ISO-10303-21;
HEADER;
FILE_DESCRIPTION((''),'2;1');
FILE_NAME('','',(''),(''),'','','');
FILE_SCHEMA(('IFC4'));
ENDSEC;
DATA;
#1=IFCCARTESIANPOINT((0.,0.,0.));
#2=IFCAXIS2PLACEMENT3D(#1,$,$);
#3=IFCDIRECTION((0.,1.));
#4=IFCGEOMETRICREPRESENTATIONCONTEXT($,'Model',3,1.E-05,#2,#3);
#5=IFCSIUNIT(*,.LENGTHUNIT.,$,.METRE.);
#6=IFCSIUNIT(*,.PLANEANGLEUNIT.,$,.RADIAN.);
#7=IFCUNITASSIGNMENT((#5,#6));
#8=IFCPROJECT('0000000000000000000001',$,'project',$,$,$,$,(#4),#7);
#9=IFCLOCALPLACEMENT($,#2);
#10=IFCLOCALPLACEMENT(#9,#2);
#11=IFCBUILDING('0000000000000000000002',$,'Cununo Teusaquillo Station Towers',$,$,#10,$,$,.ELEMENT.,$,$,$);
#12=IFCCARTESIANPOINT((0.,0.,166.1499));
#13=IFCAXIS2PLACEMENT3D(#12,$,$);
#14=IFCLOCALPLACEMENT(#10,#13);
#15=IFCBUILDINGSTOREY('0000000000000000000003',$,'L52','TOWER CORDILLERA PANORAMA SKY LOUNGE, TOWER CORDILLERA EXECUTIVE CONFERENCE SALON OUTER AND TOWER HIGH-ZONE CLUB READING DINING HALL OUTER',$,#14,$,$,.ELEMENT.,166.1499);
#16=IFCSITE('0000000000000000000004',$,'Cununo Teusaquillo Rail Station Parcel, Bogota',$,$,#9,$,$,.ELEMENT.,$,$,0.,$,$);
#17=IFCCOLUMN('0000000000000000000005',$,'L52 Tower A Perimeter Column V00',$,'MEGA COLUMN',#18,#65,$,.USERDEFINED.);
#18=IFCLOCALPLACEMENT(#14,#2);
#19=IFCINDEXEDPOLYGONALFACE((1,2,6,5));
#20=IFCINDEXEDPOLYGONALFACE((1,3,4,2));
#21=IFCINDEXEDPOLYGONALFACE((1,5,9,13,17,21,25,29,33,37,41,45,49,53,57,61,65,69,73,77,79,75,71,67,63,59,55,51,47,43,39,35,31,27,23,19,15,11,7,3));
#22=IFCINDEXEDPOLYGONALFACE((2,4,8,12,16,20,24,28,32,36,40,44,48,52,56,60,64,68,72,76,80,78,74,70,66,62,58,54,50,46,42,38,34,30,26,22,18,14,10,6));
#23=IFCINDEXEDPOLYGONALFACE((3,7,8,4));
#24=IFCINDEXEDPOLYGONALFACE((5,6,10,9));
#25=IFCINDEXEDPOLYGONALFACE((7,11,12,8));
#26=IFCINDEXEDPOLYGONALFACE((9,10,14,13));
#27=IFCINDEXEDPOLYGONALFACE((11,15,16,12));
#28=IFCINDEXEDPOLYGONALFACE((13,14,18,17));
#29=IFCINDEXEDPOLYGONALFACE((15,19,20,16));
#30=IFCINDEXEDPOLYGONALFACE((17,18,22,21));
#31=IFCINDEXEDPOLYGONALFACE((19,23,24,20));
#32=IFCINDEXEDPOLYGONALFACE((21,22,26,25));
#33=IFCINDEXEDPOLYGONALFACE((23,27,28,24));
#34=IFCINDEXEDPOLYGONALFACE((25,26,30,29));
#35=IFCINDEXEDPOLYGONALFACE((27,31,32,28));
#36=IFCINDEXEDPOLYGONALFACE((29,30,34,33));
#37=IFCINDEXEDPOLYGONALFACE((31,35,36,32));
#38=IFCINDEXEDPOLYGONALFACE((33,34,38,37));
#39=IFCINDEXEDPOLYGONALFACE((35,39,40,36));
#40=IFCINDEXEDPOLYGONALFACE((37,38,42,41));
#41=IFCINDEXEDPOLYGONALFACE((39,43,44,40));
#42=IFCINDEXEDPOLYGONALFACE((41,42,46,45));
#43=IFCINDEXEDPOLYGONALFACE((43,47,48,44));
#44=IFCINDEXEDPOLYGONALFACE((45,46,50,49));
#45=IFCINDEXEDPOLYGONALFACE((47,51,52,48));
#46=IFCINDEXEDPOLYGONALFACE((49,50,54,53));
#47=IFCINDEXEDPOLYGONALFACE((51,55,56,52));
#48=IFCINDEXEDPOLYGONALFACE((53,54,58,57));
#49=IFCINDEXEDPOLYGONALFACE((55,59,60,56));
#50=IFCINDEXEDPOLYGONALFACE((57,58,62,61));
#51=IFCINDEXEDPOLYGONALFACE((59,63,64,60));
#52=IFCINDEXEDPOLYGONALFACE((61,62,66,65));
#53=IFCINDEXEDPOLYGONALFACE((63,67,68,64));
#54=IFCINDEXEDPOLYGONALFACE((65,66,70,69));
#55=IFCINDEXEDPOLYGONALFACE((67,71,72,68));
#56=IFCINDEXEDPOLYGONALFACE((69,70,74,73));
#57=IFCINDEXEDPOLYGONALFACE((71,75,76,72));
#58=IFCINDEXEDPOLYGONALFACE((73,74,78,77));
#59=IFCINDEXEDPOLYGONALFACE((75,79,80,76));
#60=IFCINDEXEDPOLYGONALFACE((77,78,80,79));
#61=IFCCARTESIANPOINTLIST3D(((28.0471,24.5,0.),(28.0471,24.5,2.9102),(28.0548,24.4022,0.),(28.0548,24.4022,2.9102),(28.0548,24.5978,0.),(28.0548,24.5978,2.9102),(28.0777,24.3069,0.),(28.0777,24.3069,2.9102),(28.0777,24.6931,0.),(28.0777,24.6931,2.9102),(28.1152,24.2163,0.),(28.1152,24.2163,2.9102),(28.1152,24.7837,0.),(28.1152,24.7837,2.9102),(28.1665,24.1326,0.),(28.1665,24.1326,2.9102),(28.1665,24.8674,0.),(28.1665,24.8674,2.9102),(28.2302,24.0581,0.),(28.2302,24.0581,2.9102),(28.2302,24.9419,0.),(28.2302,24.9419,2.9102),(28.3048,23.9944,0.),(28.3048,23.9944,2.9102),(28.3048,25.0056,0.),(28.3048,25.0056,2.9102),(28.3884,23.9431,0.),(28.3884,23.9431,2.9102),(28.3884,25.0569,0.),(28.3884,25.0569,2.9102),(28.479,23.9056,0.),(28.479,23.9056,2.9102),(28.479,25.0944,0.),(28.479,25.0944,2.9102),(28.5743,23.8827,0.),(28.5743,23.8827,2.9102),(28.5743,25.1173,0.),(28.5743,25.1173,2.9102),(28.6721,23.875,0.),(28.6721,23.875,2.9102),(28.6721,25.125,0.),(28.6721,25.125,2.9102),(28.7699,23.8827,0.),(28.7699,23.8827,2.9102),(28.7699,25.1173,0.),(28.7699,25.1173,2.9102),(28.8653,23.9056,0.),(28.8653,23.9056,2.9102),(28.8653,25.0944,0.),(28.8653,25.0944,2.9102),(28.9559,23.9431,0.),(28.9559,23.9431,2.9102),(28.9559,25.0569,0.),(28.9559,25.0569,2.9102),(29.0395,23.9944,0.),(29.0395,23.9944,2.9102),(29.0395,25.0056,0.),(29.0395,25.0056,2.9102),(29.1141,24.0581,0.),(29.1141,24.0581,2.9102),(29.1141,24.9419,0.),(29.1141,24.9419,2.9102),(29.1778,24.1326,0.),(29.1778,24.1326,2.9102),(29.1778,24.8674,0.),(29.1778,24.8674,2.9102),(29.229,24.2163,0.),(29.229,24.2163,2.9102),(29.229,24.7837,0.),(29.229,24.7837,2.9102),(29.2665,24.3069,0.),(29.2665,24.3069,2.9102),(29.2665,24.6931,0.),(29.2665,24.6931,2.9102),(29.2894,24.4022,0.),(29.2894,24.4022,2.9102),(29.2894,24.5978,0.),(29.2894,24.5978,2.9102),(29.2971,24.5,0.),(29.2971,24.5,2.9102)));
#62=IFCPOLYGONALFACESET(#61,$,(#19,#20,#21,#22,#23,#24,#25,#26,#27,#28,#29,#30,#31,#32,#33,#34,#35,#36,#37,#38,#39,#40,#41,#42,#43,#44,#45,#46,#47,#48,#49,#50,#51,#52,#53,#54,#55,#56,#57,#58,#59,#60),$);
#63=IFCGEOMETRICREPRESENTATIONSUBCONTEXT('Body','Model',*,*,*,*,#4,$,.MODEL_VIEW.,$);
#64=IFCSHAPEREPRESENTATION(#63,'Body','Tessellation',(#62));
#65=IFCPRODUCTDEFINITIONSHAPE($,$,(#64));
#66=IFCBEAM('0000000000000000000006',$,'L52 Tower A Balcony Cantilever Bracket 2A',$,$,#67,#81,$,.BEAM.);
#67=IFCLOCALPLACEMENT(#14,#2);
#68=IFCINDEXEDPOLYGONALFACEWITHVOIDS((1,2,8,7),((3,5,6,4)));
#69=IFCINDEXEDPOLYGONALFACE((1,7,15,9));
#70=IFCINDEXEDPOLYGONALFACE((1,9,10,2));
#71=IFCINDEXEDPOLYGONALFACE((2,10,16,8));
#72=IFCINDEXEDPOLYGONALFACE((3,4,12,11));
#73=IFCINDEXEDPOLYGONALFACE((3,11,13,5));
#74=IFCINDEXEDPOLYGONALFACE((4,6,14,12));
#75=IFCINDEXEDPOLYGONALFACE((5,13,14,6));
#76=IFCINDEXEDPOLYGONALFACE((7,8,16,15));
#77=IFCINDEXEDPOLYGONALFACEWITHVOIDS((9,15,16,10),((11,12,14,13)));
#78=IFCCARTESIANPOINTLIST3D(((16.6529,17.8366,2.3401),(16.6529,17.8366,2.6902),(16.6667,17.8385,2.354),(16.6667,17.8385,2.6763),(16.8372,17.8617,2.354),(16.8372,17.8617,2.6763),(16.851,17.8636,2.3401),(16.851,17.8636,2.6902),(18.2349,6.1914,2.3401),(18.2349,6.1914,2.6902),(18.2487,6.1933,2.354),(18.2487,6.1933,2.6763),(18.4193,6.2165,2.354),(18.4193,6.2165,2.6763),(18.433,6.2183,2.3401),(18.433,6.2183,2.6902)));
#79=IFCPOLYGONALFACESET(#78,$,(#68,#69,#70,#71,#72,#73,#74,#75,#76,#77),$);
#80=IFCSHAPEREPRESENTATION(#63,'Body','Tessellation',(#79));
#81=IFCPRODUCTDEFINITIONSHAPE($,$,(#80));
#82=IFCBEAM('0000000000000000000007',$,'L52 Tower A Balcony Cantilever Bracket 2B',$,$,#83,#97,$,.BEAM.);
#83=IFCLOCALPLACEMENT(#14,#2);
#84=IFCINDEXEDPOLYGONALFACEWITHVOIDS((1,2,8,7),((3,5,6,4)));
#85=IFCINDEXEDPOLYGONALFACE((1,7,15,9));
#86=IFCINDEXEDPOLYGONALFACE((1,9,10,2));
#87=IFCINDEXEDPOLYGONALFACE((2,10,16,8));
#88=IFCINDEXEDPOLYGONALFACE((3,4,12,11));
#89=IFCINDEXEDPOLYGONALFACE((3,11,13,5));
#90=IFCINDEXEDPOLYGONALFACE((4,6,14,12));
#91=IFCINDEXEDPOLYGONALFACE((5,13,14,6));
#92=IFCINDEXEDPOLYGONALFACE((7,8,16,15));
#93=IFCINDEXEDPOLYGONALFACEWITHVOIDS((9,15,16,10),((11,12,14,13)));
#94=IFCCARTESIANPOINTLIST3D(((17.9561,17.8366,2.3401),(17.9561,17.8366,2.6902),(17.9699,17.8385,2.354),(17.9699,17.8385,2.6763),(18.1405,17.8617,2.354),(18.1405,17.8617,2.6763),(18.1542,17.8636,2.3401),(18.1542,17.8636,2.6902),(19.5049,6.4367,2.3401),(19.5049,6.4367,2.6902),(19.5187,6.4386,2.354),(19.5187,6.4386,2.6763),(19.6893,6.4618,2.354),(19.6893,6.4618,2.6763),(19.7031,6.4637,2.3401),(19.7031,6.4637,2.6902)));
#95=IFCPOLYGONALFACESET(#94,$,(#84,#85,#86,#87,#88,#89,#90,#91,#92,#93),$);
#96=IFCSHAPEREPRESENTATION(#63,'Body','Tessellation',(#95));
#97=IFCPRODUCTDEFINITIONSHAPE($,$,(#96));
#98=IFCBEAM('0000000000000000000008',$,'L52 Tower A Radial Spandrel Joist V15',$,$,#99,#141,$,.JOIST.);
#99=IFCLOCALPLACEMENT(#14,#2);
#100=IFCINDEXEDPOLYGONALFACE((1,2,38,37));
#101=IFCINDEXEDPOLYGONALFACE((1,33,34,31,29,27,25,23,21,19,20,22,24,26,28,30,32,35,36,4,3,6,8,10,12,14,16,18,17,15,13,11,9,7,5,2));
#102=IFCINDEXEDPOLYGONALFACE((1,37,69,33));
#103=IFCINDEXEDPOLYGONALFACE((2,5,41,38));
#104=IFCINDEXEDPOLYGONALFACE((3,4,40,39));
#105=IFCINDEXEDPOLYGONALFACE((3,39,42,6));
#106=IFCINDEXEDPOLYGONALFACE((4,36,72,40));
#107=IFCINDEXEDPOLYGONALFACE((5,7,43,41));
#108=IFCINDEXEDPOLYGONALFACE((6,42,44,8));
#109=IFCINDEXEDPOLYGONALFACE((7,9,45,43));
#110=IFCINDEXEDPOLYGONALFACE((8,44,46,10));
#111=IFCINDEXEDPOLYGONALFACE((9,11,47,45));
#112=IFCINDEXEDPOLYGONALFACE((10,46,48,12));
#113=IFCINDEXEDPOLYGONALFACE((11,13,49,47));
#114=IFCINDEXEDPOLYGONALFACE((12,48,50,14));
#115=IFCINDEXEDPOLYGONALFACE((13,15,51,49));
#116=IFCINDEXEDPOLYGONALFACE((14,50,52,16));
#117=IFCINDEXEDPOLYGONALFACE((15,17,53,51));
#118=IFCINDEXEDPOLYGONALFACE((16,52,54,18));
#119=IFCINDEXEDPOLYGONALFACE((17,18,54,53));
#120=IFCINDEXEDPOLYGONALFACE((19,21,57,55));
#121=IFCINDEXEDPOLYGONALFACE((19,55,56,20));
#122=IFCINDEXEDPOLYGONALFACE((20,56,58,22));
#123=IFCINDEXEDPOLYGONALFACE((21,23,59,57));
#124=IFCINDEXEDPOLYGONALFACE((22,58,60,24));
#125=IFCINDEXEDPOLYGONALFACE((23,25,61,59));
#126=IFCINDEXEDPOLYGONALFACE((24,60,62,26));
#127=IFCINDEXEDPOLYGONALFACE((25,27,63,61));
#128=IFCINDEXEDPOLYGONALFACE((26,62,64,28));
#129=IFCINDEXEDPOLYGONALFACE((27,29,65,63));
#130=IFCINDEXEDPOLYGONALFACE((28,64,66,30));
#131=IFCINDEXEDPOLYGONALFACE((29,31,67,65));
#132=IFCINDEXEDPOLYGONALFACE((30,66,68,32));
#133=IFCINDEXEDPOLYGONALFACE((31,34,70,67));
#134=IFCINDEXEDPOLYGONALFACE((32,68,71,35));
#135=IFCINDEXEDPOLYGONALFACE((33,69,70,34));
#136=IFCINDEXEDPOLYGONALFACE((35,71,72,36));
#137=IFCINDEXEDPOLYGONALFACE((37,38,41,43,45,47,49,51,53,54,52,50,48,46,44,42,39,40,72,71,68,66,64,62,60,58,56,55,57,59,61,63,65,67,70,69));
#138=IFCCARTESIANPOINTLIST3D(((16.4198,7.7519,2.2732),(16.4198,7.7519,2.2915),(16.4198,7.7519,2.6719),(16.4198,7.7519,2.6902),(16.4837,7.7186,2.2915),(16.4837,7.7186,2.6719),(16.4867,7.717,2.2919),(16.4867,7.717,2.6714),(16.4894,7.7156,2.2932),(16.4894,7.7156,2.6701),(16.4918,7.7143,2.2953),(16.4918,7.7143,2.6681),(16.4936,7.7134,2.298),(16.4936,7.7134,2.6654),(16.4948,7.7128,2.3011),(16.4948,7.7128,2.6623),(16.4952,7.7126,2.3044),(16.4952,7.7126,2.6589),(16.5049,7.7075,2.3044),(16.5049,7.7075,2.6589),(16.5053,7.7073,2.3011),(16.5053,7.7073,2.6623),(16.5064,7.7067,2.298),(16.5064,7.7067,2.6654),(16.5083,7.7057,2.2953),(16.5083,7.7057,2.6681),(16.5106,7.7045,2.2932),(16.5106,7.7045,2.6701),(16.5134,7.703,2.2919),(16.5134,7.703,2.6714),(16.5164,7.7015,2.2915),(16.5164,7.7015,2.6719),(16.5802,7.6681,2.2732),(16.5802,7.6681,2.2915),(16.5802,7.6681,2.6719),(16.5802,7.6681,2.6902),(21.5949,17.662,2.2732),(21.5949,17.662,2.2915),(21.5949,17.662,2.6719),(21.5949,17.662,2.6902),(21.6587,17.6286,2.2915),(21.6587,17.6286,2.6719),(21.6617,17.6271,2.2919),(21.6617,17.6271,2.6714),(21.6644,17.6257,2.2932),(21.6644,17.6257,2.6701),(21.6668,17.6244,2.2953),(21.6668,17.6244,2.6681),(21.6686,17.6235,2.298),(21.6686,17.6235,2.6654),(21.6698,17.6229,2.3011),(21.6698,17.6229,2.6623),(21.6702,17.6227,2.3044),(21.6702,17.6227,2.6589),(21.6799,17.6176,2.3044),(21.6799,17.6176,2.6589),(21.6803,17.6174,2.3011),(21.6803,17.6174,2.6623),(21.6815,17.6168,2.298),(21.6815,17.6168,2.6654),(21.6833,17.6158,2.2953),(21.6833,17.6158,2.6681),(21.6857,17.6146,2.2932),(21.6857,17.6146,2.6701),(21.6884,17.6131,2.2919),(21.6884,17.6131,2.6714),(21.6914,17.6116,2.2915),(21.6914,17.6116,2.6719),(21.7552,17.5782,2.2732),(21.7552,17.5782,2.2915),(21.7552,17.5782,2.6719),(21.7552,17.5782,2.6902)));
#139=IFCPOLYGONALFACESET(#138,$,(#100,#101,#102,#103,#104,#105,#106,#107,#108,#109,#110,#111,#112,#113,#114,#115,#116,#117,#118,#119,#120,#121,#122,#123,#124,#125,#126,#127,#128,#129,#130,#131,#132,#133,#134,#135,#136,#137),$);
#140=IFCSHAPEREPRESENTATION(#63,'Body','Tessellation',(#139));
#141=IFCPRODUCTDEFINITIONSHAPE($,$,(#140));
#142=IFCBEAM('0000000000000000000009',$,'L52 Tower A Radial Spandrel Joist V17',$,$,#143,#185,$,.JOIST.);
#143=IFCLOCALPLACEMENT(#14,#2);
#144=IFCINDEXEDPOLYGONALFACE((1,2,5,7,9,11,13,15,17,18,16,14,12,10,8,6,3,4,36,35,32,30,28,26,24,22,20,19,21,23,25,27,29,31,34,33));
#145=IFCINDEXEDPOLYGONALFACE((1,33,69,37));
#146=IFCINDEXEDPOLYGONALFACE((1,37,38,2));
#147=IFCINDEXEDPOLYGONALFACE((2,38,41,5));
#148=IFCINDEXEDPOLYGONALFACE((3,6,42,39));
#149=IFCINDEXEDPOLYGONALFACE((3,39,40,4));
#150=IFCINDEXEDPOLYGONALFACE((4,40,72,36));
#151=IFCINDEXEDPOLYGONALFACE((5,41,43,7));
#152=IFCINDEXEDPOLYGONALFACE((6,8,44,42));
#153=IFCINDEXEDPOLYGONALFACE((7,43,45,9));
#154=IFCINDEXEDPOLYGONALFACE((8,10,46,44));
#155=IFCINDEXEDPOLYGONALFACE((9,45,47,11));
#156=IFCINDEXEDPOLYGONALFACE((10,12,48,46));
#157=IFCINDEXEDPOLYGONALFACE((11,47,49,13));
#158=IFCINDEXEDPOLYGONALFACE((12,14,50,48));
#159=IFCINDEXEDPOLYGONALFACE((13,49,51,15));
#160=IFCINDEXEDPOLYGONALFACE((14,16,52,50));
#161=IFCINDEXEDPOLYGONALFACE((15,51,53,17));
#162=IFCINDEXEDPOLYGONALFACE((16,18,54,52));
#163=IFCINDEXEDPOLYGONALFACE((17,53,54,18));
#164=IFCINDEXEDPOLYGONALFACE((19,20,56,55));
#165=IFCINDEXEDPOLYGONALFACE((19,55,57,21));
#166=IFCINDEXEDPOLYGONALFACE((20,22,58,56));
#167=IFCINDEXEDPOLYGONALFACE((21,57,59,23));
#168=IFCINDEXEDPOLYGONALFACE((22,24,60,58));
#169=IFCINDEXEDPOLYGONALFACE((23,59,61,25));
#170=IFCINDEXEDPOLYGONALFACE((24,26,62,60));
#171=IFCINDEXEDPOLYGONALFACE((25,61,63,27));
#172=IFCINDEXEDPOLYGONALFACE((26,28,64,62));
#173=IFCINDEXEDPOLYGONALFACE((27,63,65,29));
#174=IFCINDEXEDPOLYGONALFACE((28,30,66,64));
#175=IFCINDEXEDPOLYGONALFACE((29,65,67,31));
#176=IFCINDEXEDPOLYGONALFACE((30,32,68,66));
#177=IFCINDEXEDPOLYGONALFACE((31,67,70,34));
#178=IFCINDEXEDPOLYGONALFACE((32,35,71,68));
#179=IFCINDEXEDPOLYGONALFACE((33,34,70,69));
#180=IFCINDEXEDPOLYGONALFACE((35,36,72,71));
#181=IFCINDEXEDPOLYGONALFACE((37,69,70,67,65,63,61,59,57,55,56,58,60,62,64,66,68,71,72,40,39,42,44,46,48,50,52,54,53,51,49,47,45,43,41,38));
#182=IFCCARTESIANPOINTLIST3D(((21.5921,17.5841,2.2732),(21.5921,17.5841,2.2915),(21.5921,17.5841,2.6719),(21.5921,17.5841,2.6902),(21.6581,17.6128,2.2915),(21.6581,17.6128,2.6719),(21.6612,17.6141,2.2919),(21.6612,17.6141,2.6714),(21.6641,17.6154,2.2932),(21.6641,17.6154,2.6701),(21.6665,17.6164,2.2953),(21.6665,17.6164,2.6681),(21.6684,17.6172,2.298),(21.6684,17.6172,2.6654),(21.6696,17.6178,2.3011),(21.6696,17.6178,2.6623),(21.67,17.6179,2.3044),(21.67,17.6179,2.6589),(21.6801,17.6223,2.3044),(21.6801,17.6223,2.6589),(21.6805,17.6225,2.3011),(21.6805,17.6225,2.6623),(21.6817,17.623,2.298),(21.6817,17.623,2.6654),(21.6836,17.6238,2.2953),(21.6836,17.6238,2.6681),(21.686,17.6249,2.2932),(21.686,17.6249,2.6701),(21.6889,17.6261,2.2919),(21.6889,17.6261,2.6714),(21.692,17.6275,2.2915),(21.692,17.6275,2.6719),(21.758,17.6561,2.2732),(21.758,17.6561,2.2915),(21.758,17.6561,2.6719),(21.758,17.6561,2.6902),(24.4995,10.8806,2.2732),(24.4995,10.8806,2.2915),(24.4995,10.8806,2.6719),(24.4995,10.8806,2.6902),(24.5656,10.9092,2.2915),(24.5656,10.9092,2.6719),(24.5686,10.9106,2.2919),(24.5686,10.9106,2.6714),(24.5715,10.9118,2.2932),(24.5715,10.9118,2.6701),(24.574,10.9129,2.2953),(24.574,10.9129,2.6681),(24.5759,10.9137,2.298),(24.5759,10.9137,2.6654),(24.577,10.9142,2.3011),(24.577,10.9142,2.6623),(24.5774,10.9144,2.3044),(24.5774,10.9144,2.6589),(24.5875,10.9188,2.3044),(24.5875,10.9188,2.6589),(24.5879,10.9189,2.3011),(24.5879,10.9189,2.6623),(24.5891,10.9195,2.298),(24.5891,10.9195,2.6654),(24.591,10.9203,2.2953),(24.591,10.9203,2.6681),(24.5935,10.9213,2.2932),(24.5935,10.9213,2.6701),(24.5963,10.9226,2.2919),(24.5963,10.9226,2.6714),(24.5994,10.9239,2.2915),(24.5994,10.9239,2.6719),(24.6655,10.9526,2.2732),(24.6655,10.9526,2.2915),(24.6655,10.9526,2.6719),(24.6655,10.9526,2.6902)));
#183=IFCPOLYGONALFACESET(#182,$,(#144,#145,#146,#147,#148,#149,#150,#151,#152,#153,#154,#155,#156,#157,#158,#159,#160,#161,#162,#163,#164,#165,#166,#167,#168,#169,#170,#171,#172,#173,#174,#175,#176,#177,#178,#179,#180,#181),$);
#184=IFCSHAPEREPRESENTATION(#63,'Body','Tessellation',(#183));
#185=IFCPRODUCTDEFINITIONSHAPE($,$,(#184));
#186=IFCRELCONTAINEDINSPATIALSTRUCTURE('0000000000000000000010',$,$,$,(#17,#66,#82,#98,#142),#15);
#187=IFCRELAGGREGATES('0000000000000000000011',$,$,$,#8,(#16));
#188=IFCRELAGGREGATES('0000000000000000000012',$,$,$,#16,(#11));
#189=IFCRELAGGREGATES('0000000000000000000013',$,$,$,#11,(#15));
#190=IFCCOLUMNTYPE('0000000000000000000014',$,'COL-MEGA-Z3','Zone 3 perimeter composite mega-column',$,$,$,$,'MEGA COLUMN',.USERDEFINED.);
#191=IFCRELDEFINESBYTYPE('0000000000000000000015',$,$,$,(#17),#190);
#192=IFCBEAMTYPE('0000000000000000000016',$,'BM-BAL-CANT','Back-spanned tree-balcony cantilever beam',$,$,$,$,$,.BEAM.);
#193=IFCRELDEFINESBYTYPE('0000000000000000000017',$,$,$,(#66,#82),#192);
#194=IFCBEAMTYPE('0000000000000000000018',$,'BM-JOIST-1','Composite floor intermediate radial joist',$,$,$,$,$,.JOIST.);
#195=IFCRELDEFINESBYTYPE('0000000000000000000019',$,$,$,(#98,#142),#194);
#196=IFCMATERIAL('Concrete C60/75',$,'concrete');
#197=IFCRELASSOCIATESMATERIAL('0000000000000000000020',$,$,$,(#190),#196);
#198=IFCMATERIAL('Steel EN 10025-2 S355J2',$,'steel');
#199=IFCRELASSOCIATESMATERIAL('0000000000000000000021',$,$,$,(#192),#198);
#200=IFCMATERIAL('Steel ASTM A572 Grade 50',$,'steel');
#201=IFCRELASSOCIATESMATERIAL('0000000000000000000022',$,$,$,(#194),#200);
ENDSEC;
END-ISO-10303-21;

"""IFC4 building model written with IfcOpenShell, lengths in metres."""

from ifc_helpers import new_model, si_unit, direction, frame, origin, origin_2d, place, context, subcontext, project, spatial, hollow_rectangle, circle, i_section, extrude, material, material_profile, profile_set, type_object, element, save


model = new_model("IFC4")

# Units and contexts
model_context = context("Model", 3, precision=1e-05, world=origin(), true_north=direction((0.0, 1.0)))
body_context = subcontext(model_context, "Body", "Model", "MODEL_VIEW")
ifc_project = project(units=[si_unit("LENGTHUNIT", "METRE"), si_unit("PLANEANGLEUNIT", "RADIAN")], contexts=[model_context])

# Site, building, storey
site_placement = place(None, origin())
site = spatial("IfcSite", under=ifc_project, at=site_placement, Name="Cununo Teusaquillo Rail Station Parcel, Bogota", CompositionType="ELEMENT", RefElevation=0.0)
building_placement = place(site_placement, origin())
building = spatial("IfcBuilding", under=site, at=building_placement, Name="Cununo Teusaquillo Station Towers", CompositionType="ELEMENT")
storey_placement = place(building_placement, frame((0.0, 0.0, 166.1499)))
storey = spatial("IfcBuildingStorey", under=building, at=storey_placement, Name="L52", Description="TOWER CORDILLERA PANORAMA SKY LOUNGE, TOWER CORDILLERA EXECUTIVE CONFERENCE SALON OUTER AND TOWER HIGH-ZONE CLUB READING DINING HALL OUTER", CompositionType="ELEMENT", Elevation=166.1499)

# Column
ifc_material_1 = material(Name="Concrete C60/75", Category="concrete")
ifc_material_profile_1 = material_profile(ifc_material_1, circle(Radius=0.625, at=origin_2d()), Name="RC-CIRC-1250")
ifc_profile_set_1 = profile_set([ifc_material_profile_1], Name="Concrete C60/75")
column_type = type_object("IfcColumnType", Name="COL-MEGA-Z3", Description="Zone 3 perimeter composite mega-column", ElementType="MEGA COLUMN", PredefinedType="USERDEFINED", material=ifc_profile_set_1)
column_placement = place(storey_placement, frame((28.6721, 24.5, 0.0), z_axis=(0.0, 0.0, 1.0), x_axis=(1.0, 0.0, 0.0)))
element("IfcColumn", 1, at=column_placement, inside=storey, type_object=column_type, Name="L52 Tower A Perimeter Column V00", ObjectType="MEGA COLUMN", PredefinedType="USERDEFINED", context=body_context, shape_type="SweptSolid", body=[
    extrude(circle(Radius=0.625, at=origin_2d()), origin(), (0.0, 0.0, 1.0), 2.9102),
])

# Beams
ifc_material_2 = material(Name="Steel EN 10025-2 S355J2", Category="steel")
ifc_material_profile_2 = material_profile(ifc_material_2, hollow_rectangle(XDim=0.2, YDim=0.3501, WallThickness=0.0139, at=origin_2d()), Name="RHS 350x200x14")
ifc_profile_set_2 = profile_set([ifc_material_profile_2], Name="Steel EN 10025-2 S355J2")
beam_type_1 = type_object("IfcBeamType", Name="BM-BAL-CANT", Description="Back-spanned tree-balcony cantilever beam", PredefinedType="BEAM", material=ifc_profile_set_2)
beam_1_placement = place(storey_placement, frame((16.752, 17.8501, 2.5151), z_axis=(0.134615, -0.990898, 0.0), x_axis=(0.990898, 0.134615, 0.0)))
element("IfcBeam", 2, at=beam_1_placement, inside=storey, type_object=beam_type_1, Name="L52 Tower A Balcony Cantilever Bracket 2A", PredefinedType="BEAM", context=body_context, shape_type="SweptSolid", body=[
    extrude(hollow_rectangle(XDim=0.2, YDim=0.3501, WallThickness=0.0139, at=origin_2d()), origin(), (0.0, 0.0, 1.0), 11.7522),
])
beam_2_placement = place(storey_placement, frame((18.0552, 17.8501, 2.5151), z_axis=(0.134626, -0.990896, 0.0), x_axis=(0.990896, 0.134626, 0.0)))
element("IfcBeam", 3, at=beam_2_placement, inside=storey, type_object=beam_type_1, Name="L52 Tower A Balcony Cantilever Bracket 2B", PredefinedType="BEAM", context=body_context, shape_type="SweptSolid", body=[
    extrude(hollow_rectangle(XDim=0.2, YDim=0.3501, WallThickness=0.0139, at=origin_2d()), origin(), (0.0, 0.0, 1.0), 11.5046),
])
ifc_material_3 = material(Name="Steel ASTM A572 Grade 50", Category="steel")
ifc_material_profile_3 = material_profile(ifc_material_3, i_section(OverallWidth=0.1809, OverallDepth=0.417, WebThickness=0.011, FlangeThickness=0.0183, FilletRadius=0.0129, at=origin_2d()), Name="W16X57")
ifc_profile_set_3 = profile_set([ifc_material_profile_3], Name="Steel ASTM A572 Grade 50")
beam_type_2 = type_object("IfcBeamType", Name="BM-JOIST-1", Description="Composite floor intermediate radial joist", PredefinedType="JOIST", material=ifc_profile_set_3)
beam_3_placement = place(storey_placement, frame((21.675, 17.6201, 2.4817), z_axis=(-0.462885, -0.886419, 0.0), x_axis=(0.886419, -0.462885, 0.0)))
element("IfcBeam", 4, at=beam_3_placement, inside=storey, type_object=beam_type_2, Name="L52 Tower A Radial Spandrel Joist V15", PredefinedType="JOIST", context=body_context, shape_type="SweptSolid", body=[
    extrude(i_section(OverallWidth=0.1809, OverallDepth=0.417, WebThickness=0.011, FlangeThickness=0.0183, FilletRadius=0.0129, at=origin_2d()), origin(), (0.0, 0.0, 1.0), 11.1799),
])
beam_4_placement = place(storey_placement, frame((21.675, 17.6201, 2.4817), z_axis=(0.397904, -0.917427, 0.0), x_axis=(0.917427, 0.397904, 0.0)))
element("IfcBeam", 5, at=beam_4_placement, inside=storey, type_object=beam_type_2, Name="L52 Tower A Radial Spandrel Joist V17", PredefinedType="JOIST", context=body_context, shape_type="SweptSolid", body=[
    extrude(i_section(OverallWidth=0.1809, OverallDepth=0.417, WebThickness=0.011, FlangeThickness=0.0183, FilletRadius=0.0129, at=origin_2d()), origin(), (0.0, 0.0, 1.0), 7.3069),
])

save(model, "model.ifc")
